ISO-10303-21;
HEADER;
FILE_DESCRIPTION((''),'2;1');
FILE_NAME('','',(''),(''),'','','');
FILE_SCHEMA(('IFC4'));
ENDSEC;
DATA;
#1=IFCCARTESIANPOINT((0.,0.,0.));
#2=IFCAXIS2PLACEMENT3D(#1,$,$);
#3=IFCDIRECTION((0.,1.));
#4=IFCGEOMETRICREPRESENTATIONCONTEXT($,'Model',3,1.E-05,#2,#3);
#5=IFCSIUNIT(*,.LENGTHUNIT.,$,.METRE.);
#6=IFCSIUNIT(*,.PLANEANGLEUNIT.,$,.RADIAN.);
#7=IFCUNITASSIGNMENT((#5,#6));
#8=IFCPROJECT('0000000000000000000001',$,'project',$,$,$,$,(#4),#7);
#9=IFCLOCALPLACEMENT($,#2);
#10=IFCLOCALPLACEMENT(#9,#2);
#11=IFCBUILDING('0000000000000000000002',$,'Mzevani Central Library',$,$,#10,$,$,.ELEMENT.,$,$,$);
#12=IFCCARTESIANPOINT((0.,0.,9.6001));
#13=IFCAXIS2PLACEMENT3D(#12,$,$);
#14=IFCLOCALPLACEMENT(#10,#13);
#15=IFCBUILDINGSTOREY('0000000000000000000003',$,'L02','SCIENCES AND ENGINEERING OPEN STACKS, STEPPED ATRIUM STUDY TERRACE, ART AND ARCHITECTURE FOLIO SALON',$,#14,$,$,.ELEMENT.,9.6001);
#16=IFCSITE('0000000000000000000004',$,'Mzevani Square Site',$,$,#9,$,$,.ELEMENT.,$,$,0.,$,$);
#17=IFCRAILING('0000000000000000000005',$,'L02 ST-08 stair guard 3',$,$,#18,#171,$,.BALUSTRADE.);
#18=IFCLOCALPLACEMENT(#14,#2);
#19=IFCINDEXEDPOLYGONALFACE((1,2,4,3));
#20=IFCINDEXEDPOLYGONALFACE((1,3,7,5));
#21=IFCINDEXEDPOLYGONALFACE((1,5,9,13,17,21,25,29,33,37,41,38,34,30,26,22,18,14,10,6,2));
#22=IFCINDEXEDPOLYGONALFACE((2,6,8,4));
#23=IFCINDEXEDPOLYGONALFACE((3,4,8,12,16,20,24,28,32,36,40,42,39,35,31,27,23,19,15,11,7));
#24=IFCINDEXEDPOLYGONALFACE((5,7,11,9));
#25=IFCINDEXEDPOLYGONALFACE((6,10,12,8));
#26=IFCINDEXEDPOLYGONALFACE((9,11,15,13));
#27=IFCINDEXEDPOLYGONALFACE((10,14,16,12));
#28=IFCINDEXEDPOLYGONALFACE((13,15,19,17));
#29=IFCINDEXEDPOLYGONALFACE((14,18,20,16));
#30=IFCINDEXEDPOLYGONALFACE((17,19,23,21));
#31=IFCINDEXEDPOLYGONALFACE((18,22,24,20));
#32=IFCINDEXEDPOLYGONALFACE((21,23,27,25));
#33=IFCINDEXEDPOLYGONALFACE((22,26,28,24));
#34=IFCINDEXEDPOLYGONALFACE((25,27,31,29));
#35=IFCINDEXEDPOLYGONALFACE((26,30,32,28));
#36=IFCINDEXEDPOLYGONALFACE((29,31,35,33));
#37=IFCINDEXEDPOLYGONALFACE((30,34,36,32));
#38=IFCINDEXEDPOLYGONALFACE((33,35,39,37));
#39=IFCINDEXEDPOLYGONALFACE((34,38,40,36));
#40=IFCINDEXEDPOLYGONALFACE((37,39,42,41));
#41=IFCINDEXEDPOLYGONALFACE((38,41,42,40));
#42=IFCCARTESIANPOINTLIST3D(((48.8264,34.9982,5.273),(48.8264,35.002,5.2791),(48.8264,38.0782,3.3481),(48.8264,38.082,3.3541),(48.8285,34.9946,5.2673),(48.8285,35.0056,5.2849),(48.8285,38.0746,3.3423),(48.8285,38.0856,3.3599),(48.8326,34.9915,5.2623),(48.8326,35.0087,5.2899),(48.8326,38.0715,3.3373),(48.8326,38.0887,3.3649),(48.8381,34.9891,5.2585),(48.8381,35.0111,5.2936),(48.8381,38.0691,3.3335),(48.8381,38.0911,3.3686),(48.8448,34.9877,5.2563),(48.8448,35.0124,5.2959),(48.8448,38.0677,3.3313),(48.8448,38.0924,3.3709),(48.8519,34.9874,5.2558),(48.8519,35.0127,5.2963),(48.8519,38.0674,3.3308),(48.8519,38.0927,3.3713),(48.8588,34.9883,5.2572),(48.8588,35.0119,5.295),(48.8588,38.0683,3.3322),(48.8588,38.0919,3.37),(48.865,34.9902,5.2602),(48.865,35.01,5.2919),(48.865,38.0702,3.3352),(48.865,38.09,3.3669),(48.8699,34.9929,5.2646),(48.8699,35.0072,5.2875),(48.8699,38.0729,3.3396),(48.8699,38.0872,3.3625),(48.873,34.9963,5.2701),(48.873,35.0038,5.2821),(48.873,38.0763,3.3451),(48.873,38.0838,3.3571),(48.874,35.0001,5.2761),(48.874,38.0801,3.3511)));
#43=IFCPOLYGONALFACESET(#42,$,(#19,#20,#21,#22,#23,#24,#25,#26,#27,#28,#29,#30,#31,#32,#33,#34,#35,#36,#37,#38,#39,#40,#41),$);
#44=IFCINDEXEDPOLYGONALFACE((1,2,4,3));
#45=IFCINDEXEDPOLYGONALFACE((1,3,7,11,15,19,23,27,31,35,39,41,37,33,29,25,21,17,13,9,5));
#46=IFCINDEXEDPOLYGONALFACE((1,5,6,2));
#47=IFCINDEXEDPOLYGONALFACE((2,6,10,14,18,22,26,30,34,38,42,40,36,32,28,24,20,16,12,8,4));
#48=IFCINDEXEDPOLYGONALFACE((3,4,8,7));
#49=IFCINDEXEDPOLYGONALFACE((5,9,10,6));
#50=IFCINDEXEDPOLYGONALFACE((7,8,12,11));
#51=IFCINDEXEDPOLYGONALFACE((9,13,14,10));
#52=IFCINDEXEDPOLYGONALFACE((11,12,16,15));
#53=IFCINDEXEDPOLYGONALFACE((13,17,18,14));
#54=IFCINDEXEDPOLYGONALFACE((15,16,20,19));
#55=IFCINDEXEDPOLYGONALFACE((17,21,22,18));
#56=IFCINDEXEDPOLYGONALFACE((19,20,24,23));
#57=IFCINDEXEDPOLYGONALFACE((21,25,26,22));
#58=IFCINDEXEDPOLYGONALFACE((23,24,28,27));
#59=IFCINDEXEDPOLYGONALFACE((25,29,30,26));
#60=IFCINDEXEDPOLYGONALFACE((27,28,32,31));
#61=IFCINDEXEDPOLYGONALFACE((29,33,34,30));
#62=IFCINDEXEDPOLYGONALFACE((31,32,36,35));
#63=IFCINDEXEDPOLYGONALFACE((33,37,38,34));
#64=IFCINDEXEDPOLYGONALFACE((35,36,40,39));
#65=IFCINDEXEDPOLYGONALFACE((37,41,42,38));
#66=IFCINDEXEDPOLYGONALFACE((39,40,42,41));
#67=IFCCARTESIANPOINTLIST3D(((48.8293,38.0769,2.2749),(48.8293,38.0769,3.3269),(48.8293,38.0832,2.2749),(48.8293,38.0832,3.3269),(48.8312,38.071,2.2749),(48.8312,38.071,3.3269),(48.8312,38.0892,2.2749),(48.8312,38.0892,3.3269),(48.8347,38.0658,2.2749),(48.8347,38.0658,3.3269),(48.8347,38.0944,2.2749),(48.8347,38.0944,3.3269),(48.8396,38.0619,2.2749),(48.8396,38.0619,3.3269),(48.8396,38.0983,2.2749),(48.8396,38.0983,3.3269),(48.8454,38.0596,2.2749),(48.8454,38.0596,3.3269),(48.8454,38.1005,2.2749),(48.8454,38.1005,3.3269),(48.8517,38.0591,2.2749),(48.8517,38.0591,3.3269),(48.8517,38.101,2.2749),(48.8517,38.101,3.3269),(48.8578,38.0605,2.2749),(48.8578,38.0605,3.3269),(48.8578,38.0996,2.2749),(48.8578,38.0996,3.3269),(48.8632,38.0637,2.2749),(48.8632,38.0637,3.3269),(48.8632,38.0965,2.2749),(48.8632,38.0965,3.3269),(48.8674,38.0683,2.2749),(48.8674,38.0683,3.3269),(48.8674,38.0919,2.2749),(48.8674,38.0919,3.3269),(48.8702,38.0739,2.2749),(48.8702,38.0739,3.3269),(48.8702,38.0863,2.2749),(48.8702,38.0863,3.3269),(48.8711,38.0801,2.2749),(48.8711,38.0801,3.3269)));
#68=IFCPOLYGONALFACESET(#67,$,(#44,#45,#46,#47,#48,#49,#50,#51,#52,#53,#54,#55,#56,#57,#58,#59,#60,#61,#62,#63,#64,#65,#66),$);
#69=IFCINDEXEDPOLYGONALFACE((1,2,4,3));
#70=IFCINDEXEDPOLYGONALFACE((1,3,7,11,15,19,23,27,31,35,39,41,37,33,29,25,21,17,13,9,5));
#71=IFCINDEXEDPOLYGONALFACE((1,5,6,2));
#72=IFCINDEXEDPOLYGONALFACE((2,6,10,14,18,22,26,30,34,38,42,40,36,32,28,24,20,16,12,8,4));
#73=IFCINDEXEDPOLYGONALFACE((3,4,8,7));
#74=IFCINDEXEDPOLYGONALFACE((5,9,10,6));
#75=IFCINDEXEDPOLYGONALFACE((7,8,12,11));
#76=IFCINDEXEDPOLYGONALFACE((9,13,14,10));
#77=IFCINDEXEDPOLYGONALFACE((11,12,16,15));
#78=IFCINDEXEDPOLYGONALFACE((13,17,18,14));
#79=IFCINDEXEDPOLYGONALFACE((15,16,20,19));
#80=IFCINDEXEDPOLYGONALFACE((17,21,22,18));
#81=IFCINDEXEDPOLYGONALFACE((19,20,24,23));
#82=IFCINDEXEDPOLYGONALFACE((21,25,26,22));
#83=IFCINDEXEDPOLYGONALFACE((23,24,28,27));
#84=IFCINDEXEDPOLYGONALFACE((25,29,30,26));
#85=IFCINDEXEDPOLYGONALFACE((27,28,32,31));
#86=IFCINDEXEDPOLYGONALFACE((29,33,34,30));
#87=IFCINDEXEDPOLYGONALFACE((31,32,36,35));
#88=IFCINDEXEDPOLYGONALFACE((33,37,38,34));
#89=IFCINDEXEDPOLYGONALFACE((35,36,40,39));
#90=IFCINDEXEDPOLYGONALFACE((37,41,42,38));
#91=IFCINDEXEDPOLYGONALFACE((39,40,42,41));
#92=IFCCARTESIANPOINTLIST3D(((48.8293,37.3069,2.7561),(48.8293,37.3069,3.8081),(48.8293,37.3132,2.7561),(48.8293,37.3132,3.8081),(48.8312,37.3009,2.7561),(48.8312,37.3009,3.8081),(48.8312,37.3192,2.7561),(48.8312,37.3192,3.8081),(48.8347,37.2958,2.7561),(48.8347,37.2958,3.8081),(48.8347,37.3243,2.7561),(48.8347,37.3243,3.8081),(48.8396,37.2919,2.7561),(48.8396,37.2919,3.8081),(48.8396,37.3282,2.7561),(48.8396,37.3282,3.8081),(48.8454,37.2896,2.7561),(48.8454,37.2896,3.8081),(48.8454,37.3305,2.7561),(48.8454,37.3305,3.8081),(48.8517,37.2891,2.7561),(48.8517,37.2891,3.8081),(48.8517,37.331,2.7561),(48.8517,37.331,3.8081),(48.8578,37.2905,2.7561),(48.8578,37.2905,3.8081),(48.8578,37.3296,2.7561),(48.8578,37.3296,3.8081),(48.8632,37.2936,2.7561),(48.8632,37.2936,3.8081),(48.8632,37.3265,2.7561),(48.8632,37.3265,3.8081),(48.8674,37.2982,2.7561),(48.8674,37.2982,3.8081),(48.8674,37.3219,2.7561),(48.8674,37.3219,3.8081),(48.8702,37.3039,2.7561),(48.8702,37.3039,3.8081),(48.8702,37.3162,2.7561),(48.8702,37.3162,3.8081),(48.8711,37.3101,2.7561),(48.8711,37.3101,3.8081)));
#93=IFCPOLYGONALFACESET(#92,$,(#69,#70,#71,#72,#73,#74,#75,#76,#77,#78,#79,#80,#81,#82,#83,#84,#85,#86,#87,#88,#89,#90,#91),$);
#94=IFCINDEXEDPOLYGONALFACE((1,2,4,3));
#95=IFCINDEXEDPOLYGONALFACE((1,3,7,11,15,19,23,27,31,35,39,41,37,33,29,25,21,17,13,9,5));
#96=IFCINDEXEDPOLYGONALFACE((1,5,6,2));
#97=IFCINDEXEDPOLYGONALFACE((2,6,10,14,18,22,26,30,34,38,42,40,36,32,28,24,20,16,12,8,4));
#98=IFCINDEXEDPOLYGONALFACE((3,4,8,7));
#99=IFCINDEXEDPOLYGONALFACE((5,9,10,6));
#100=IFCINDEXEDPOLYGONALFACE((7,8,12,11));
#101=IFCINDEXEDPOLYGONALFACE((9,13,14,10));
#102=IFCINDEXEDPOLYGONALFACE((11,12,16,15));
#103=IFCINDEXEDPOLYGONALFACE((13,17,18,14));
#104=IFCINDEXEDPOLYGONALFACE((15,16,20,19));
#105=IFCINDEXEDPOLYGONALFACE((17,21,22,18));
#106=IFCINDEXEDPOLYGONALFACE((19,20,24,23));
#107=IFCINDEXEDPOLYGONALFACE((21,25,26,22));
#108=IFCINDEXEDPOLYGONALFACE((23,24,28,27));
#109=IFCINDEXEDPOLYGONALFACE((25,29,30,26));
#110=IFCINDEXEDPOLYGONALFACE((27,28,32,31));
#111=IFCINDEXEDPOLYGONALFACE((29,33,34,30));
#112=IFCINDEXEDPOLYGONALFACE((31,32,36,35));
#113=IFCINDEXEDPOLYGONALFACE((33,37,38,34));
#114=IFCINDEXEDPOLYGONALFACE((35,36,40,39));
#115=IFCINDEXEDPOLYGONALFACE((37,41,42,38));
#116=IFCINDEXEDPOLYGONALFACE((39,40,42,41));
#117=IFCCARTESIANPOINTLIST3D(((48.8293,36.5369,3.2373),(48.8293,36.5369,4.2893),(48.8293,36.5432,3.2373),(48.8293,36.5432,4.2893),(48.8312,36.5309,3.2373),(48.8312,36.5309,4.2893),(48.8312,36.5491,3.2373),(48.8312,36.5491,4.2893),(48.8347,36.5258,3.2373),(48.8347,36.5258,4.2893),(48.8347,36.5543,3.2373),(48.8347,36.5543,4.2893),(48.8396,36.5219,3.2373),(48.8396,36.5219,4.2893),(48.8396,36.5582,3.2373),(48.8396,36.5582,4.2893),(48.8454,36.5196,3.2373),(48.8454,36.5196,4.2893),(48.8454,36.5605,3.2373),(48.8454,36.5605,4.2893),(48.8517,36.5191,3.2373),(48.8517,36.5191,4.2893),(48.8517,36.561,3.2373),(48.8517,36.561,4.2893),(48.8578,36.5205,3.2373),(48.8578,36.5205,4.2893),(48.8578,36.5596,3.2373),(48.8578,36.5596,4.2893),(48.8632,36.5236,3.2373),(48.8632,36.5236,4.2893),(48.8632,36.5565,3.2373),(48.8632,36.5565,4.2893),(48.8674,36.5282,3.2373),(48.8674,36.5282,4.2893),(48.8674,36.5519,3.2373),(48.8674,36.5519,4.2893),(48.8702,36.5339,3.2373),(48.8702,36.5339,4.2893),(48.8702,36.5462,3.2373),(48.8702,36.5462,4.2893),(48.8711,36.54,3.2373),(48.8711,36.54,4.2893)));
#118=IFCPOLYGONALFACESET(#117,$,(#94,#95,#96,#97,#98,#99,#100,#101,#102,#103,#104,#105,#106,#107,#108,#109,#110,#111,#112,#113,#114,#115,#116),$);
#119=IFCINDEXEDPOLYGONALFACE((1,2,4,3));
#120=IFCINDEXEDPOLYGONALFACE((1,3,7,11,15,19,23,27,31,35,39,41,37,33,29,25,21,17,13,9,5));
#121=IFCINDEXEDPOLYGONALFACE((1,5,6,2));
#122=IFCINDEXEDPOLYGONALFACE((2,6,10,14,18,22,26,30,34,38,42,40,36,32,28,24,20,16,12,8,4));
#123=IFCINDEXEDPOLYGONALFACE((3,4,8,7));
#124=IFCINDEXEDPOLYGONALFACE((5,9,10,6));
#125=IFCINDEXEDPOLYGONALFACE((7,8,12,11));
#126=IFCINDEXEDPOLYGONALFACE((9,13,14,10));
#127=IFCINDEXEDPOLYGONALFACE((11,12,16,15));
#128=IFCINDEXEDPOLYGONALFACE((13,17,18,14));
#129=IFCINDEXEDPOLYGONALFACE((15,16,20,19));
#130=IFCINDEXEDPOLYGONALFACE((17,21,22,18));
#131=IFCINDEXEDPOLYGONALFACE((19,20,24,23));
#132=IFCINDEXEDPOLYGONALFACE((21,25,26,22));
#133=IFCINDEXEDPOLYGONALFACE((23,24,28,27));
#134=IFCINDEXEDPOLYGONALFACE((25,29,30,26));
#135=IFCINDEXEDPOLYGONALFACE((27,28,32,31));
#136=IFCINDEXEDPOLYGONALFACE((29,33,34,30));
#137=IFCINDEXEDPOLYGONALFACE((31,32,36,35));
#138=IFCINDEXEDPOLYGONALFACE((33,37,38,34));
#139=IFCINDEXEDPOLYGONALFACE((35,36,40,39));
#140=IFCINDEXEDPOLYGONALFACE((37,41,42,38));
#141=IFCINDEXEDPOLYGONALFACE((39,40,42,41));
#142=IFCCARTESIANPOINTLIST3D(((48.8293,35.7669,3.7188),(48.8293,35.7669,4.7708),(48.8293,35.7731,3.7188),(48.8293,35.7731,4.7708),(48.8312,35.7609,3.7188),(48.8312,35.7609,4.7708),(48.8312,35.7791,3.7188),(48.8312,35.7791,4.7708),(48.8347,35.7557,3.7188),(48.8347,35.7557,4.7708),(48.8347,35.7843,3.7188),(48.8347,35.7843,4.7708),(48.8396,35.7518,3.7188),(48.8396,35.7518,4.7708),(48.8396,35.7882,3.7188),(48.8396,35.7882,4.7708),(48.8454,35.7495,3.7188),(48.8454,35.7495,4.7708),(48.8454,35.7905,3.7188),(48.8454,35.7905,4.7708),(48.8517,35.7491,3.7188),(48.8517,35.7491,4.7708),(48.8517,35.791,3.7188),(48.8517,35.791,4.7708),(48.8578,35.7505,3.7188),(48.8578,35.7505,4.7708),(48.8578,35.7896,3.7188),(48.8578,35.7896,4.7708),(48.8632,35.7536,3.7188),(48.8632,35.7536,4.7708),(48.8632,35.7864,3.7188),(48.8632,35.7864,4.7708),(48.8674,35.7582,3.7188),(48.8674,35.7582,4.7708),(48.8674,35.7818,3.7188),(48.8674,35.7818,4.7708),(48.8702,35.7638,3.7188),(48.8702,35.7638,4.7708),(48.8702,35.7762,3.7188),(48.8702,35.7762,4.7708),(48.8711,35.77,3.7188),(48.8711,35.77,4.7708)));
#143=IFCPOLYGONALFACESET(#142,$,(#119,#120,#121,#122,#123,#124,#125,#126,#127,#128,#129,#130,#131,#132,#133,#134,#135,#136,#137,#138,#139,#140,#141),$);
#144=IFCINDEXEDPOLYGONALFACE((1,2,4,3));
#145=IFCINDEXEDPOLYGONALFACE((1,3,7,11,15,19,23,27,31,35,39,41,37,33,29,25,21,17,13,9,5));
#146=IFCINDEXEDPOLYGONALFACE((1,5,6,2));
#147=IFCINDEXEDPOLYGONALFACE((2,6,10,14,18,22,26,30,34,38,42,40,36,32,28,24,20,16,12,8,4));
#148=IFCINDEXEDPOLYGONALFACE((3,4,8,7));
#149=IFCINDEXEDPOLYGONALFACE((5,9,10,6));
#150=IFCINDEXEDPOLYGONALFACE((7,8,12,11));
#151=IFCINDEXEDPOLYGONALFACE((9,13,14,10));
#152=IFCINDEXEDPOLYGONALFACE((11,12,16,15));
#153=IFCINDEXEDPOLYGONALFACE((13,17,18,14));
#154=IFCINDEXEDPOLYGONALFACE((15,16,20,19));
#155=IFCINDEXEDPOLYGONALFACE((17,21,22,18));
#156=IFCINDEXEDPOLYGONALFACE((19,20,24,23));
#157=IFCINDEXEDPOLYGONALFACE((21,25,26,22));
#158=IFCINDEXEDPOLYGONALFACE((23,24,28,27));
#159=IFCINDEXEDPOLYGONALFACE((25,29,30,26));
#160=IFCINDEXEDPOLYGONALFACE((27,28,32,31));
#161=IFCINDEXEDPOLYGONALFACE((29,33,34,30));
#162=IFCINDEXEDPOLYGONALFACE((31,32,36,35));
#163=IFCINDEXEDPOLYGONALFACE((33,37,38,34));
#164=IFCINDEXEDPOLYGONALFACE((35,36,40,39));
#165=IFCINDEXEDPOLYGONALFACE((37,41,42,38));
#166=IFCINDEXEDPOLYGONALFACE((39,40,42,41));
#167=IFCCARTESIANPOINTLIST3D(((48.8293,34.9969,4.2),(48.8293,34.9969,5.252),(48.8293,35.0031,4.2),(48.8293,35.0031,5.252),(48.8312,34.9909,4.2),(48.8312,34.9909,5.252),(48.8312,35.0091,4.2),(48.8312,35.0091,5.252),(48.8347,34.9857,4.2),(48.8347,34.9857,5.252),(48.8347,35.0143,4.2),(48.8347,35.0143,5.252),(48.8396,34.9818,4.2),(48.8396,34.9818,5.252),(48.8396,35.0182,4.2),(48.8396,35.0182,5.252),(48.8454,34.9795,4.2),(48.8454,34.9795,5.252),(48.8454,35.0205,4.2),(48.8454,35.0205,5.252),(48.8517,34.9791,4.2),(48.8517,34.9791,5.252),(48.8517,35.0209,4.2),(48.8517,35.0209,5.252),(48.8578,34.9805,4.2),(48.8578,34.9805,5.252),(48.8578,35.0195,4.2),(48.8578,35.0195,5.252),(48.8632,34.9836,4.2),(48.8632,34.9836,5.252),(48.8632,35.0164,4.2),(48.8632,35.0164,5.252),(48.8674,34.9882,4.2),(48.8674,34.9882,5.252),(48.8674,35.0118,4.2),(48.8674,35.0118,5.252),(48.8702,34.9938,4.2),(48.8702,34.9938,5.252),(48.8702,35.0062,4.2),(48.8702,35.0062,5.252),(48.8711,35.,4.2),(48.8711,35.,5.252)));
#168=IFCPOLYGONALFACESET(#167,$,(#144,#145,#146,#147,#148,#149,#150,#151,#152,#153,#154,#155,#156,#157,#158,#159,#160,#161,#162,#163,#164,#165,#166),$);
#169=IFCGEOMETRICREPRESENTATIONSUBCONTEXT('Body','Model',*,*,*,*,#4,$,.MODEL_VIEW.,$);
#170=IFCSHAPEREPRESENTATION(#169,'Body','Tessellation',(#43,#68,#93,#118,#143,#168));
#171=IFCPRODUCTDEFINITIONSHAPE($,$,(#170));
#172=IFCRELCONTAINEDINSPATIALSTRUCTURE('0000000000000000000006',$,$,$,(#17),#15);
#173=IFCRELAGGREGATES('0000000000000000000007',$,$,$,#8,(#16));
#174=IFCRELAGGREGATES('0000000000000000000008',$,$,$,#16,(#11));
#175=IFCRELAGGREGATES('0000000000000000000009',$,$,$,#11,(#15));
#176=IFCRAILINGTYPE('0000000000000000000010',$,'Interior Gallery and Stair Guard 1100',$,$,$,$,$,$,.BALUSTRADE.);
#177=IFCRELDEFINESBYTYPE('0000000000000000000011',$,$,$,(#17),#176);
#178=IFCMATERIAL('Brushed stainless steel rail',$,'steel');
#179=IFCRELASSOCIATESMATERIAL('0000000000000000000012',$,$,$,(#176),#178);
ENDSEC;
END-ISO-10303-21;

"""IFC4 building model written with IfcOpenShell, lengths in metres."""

from ifc_helpers import new_model, si_unit, direction, frame, origin, origin_2d, place, context, subcontext, project, spatial, circle, extrude, material, type_object, element, save


model = new_model("IFC4")

# Units and contexts
model_context = context("Model", 3, precision=1e-05, world=origin(), true_north=direction((0.0, 1.0)))
body_context = subcontext(model_context, "Body", "Model", "MODEL_VIEW")
ifc_project = project(units=[si_unit("LENGTHUNIT", "METRE"), si_unit("PLANEANGLEUNIT", "RADIAN")], contexts=[model_context])

# Site, building, storey
site_placement = place(None, origin())
site = spatial("IfcSite", under=ifc_project, at=site_placement, Name="Mzevani Square Site", CompositionType="ELEMENT", RefElevation=0.0)
building_placement = place(site_placement, origin())
building = spatial("IfcBuilding", under=site, at=building_placement, Name="Mzevani Central Library", CompositionType="ELEMENT")
storey_placement = place(building_placement, frame((0.0, 0.0, 9.6001)))
storey = spatial("IfcBuildingStorey", under=building, at=storey_placement, Name="L02", Description="SCIENCES AND ENGINEERING OPEN STACKS, STEPPED ATRIUM STUDY TERRACE, ART AND ARCHITECTURE FOLIO SALON", CompositionType="ELEMENT", Elevation=9.6001)

# Railing
ifc_material_1 = material(Name="Brushed stainless steel rail", Category="steel")
railing_type_1 = type_object("IfcRailingType", Name="Interior Gallery and Stair Guard 1100", PredefinedType="BALUSTRADE", material=ifc_material_1)
railing_1_placement = place(storey_placement, frame((48.8501, 38.0801, 2.2749)))
element("IfcRailing", 1, at=railing_1_placement, inside=storey, type_object=railing_type_1, Name="L02 ST-08 stair guard 3", PredefinedType="BALUSTRADE", context=body_context, shape_type="SweptSolid", body=[
    extrude(circle(Radius=0.0239, at=origin_2d()), frame((0.0, 0.0, 1.0762), z_axis=(0.0, -0.847998, 0.529999), x_axis=(1.0, 0.0, 0.0)), (0.0, 0.0, 1.0), 3.6321),
    extrude(circle(Radius=0.021, at=origin_2d()), origin(), (0.0, 0.0, 1.0), 1.052),
    extrude(circle(Radius=0.021, at=origin_2d()), frame((0.0, -0.77, 0.4812)), (0.0, 0.0, 1.0), 1.052),
    extrude(circle(Radius=0.021, at=origin_2d()), frame((0.0, -1.54, 0.9624)), (0.0, 0.0, 1.0), 1.052),
    extrude(circle(Radius=0.021, at=origin_2d()), frame((0.0, -2.3101, 1.4438)), (0.0, 0.0, 1.0), 1.052),
    extrude(circle(Radius=0.021, at=origin_2d()), frame((0.0, -3.0801, 1.925)), (0.0, 0.0, 1.0), 1.052),
])

save(model, "model.ifc")
